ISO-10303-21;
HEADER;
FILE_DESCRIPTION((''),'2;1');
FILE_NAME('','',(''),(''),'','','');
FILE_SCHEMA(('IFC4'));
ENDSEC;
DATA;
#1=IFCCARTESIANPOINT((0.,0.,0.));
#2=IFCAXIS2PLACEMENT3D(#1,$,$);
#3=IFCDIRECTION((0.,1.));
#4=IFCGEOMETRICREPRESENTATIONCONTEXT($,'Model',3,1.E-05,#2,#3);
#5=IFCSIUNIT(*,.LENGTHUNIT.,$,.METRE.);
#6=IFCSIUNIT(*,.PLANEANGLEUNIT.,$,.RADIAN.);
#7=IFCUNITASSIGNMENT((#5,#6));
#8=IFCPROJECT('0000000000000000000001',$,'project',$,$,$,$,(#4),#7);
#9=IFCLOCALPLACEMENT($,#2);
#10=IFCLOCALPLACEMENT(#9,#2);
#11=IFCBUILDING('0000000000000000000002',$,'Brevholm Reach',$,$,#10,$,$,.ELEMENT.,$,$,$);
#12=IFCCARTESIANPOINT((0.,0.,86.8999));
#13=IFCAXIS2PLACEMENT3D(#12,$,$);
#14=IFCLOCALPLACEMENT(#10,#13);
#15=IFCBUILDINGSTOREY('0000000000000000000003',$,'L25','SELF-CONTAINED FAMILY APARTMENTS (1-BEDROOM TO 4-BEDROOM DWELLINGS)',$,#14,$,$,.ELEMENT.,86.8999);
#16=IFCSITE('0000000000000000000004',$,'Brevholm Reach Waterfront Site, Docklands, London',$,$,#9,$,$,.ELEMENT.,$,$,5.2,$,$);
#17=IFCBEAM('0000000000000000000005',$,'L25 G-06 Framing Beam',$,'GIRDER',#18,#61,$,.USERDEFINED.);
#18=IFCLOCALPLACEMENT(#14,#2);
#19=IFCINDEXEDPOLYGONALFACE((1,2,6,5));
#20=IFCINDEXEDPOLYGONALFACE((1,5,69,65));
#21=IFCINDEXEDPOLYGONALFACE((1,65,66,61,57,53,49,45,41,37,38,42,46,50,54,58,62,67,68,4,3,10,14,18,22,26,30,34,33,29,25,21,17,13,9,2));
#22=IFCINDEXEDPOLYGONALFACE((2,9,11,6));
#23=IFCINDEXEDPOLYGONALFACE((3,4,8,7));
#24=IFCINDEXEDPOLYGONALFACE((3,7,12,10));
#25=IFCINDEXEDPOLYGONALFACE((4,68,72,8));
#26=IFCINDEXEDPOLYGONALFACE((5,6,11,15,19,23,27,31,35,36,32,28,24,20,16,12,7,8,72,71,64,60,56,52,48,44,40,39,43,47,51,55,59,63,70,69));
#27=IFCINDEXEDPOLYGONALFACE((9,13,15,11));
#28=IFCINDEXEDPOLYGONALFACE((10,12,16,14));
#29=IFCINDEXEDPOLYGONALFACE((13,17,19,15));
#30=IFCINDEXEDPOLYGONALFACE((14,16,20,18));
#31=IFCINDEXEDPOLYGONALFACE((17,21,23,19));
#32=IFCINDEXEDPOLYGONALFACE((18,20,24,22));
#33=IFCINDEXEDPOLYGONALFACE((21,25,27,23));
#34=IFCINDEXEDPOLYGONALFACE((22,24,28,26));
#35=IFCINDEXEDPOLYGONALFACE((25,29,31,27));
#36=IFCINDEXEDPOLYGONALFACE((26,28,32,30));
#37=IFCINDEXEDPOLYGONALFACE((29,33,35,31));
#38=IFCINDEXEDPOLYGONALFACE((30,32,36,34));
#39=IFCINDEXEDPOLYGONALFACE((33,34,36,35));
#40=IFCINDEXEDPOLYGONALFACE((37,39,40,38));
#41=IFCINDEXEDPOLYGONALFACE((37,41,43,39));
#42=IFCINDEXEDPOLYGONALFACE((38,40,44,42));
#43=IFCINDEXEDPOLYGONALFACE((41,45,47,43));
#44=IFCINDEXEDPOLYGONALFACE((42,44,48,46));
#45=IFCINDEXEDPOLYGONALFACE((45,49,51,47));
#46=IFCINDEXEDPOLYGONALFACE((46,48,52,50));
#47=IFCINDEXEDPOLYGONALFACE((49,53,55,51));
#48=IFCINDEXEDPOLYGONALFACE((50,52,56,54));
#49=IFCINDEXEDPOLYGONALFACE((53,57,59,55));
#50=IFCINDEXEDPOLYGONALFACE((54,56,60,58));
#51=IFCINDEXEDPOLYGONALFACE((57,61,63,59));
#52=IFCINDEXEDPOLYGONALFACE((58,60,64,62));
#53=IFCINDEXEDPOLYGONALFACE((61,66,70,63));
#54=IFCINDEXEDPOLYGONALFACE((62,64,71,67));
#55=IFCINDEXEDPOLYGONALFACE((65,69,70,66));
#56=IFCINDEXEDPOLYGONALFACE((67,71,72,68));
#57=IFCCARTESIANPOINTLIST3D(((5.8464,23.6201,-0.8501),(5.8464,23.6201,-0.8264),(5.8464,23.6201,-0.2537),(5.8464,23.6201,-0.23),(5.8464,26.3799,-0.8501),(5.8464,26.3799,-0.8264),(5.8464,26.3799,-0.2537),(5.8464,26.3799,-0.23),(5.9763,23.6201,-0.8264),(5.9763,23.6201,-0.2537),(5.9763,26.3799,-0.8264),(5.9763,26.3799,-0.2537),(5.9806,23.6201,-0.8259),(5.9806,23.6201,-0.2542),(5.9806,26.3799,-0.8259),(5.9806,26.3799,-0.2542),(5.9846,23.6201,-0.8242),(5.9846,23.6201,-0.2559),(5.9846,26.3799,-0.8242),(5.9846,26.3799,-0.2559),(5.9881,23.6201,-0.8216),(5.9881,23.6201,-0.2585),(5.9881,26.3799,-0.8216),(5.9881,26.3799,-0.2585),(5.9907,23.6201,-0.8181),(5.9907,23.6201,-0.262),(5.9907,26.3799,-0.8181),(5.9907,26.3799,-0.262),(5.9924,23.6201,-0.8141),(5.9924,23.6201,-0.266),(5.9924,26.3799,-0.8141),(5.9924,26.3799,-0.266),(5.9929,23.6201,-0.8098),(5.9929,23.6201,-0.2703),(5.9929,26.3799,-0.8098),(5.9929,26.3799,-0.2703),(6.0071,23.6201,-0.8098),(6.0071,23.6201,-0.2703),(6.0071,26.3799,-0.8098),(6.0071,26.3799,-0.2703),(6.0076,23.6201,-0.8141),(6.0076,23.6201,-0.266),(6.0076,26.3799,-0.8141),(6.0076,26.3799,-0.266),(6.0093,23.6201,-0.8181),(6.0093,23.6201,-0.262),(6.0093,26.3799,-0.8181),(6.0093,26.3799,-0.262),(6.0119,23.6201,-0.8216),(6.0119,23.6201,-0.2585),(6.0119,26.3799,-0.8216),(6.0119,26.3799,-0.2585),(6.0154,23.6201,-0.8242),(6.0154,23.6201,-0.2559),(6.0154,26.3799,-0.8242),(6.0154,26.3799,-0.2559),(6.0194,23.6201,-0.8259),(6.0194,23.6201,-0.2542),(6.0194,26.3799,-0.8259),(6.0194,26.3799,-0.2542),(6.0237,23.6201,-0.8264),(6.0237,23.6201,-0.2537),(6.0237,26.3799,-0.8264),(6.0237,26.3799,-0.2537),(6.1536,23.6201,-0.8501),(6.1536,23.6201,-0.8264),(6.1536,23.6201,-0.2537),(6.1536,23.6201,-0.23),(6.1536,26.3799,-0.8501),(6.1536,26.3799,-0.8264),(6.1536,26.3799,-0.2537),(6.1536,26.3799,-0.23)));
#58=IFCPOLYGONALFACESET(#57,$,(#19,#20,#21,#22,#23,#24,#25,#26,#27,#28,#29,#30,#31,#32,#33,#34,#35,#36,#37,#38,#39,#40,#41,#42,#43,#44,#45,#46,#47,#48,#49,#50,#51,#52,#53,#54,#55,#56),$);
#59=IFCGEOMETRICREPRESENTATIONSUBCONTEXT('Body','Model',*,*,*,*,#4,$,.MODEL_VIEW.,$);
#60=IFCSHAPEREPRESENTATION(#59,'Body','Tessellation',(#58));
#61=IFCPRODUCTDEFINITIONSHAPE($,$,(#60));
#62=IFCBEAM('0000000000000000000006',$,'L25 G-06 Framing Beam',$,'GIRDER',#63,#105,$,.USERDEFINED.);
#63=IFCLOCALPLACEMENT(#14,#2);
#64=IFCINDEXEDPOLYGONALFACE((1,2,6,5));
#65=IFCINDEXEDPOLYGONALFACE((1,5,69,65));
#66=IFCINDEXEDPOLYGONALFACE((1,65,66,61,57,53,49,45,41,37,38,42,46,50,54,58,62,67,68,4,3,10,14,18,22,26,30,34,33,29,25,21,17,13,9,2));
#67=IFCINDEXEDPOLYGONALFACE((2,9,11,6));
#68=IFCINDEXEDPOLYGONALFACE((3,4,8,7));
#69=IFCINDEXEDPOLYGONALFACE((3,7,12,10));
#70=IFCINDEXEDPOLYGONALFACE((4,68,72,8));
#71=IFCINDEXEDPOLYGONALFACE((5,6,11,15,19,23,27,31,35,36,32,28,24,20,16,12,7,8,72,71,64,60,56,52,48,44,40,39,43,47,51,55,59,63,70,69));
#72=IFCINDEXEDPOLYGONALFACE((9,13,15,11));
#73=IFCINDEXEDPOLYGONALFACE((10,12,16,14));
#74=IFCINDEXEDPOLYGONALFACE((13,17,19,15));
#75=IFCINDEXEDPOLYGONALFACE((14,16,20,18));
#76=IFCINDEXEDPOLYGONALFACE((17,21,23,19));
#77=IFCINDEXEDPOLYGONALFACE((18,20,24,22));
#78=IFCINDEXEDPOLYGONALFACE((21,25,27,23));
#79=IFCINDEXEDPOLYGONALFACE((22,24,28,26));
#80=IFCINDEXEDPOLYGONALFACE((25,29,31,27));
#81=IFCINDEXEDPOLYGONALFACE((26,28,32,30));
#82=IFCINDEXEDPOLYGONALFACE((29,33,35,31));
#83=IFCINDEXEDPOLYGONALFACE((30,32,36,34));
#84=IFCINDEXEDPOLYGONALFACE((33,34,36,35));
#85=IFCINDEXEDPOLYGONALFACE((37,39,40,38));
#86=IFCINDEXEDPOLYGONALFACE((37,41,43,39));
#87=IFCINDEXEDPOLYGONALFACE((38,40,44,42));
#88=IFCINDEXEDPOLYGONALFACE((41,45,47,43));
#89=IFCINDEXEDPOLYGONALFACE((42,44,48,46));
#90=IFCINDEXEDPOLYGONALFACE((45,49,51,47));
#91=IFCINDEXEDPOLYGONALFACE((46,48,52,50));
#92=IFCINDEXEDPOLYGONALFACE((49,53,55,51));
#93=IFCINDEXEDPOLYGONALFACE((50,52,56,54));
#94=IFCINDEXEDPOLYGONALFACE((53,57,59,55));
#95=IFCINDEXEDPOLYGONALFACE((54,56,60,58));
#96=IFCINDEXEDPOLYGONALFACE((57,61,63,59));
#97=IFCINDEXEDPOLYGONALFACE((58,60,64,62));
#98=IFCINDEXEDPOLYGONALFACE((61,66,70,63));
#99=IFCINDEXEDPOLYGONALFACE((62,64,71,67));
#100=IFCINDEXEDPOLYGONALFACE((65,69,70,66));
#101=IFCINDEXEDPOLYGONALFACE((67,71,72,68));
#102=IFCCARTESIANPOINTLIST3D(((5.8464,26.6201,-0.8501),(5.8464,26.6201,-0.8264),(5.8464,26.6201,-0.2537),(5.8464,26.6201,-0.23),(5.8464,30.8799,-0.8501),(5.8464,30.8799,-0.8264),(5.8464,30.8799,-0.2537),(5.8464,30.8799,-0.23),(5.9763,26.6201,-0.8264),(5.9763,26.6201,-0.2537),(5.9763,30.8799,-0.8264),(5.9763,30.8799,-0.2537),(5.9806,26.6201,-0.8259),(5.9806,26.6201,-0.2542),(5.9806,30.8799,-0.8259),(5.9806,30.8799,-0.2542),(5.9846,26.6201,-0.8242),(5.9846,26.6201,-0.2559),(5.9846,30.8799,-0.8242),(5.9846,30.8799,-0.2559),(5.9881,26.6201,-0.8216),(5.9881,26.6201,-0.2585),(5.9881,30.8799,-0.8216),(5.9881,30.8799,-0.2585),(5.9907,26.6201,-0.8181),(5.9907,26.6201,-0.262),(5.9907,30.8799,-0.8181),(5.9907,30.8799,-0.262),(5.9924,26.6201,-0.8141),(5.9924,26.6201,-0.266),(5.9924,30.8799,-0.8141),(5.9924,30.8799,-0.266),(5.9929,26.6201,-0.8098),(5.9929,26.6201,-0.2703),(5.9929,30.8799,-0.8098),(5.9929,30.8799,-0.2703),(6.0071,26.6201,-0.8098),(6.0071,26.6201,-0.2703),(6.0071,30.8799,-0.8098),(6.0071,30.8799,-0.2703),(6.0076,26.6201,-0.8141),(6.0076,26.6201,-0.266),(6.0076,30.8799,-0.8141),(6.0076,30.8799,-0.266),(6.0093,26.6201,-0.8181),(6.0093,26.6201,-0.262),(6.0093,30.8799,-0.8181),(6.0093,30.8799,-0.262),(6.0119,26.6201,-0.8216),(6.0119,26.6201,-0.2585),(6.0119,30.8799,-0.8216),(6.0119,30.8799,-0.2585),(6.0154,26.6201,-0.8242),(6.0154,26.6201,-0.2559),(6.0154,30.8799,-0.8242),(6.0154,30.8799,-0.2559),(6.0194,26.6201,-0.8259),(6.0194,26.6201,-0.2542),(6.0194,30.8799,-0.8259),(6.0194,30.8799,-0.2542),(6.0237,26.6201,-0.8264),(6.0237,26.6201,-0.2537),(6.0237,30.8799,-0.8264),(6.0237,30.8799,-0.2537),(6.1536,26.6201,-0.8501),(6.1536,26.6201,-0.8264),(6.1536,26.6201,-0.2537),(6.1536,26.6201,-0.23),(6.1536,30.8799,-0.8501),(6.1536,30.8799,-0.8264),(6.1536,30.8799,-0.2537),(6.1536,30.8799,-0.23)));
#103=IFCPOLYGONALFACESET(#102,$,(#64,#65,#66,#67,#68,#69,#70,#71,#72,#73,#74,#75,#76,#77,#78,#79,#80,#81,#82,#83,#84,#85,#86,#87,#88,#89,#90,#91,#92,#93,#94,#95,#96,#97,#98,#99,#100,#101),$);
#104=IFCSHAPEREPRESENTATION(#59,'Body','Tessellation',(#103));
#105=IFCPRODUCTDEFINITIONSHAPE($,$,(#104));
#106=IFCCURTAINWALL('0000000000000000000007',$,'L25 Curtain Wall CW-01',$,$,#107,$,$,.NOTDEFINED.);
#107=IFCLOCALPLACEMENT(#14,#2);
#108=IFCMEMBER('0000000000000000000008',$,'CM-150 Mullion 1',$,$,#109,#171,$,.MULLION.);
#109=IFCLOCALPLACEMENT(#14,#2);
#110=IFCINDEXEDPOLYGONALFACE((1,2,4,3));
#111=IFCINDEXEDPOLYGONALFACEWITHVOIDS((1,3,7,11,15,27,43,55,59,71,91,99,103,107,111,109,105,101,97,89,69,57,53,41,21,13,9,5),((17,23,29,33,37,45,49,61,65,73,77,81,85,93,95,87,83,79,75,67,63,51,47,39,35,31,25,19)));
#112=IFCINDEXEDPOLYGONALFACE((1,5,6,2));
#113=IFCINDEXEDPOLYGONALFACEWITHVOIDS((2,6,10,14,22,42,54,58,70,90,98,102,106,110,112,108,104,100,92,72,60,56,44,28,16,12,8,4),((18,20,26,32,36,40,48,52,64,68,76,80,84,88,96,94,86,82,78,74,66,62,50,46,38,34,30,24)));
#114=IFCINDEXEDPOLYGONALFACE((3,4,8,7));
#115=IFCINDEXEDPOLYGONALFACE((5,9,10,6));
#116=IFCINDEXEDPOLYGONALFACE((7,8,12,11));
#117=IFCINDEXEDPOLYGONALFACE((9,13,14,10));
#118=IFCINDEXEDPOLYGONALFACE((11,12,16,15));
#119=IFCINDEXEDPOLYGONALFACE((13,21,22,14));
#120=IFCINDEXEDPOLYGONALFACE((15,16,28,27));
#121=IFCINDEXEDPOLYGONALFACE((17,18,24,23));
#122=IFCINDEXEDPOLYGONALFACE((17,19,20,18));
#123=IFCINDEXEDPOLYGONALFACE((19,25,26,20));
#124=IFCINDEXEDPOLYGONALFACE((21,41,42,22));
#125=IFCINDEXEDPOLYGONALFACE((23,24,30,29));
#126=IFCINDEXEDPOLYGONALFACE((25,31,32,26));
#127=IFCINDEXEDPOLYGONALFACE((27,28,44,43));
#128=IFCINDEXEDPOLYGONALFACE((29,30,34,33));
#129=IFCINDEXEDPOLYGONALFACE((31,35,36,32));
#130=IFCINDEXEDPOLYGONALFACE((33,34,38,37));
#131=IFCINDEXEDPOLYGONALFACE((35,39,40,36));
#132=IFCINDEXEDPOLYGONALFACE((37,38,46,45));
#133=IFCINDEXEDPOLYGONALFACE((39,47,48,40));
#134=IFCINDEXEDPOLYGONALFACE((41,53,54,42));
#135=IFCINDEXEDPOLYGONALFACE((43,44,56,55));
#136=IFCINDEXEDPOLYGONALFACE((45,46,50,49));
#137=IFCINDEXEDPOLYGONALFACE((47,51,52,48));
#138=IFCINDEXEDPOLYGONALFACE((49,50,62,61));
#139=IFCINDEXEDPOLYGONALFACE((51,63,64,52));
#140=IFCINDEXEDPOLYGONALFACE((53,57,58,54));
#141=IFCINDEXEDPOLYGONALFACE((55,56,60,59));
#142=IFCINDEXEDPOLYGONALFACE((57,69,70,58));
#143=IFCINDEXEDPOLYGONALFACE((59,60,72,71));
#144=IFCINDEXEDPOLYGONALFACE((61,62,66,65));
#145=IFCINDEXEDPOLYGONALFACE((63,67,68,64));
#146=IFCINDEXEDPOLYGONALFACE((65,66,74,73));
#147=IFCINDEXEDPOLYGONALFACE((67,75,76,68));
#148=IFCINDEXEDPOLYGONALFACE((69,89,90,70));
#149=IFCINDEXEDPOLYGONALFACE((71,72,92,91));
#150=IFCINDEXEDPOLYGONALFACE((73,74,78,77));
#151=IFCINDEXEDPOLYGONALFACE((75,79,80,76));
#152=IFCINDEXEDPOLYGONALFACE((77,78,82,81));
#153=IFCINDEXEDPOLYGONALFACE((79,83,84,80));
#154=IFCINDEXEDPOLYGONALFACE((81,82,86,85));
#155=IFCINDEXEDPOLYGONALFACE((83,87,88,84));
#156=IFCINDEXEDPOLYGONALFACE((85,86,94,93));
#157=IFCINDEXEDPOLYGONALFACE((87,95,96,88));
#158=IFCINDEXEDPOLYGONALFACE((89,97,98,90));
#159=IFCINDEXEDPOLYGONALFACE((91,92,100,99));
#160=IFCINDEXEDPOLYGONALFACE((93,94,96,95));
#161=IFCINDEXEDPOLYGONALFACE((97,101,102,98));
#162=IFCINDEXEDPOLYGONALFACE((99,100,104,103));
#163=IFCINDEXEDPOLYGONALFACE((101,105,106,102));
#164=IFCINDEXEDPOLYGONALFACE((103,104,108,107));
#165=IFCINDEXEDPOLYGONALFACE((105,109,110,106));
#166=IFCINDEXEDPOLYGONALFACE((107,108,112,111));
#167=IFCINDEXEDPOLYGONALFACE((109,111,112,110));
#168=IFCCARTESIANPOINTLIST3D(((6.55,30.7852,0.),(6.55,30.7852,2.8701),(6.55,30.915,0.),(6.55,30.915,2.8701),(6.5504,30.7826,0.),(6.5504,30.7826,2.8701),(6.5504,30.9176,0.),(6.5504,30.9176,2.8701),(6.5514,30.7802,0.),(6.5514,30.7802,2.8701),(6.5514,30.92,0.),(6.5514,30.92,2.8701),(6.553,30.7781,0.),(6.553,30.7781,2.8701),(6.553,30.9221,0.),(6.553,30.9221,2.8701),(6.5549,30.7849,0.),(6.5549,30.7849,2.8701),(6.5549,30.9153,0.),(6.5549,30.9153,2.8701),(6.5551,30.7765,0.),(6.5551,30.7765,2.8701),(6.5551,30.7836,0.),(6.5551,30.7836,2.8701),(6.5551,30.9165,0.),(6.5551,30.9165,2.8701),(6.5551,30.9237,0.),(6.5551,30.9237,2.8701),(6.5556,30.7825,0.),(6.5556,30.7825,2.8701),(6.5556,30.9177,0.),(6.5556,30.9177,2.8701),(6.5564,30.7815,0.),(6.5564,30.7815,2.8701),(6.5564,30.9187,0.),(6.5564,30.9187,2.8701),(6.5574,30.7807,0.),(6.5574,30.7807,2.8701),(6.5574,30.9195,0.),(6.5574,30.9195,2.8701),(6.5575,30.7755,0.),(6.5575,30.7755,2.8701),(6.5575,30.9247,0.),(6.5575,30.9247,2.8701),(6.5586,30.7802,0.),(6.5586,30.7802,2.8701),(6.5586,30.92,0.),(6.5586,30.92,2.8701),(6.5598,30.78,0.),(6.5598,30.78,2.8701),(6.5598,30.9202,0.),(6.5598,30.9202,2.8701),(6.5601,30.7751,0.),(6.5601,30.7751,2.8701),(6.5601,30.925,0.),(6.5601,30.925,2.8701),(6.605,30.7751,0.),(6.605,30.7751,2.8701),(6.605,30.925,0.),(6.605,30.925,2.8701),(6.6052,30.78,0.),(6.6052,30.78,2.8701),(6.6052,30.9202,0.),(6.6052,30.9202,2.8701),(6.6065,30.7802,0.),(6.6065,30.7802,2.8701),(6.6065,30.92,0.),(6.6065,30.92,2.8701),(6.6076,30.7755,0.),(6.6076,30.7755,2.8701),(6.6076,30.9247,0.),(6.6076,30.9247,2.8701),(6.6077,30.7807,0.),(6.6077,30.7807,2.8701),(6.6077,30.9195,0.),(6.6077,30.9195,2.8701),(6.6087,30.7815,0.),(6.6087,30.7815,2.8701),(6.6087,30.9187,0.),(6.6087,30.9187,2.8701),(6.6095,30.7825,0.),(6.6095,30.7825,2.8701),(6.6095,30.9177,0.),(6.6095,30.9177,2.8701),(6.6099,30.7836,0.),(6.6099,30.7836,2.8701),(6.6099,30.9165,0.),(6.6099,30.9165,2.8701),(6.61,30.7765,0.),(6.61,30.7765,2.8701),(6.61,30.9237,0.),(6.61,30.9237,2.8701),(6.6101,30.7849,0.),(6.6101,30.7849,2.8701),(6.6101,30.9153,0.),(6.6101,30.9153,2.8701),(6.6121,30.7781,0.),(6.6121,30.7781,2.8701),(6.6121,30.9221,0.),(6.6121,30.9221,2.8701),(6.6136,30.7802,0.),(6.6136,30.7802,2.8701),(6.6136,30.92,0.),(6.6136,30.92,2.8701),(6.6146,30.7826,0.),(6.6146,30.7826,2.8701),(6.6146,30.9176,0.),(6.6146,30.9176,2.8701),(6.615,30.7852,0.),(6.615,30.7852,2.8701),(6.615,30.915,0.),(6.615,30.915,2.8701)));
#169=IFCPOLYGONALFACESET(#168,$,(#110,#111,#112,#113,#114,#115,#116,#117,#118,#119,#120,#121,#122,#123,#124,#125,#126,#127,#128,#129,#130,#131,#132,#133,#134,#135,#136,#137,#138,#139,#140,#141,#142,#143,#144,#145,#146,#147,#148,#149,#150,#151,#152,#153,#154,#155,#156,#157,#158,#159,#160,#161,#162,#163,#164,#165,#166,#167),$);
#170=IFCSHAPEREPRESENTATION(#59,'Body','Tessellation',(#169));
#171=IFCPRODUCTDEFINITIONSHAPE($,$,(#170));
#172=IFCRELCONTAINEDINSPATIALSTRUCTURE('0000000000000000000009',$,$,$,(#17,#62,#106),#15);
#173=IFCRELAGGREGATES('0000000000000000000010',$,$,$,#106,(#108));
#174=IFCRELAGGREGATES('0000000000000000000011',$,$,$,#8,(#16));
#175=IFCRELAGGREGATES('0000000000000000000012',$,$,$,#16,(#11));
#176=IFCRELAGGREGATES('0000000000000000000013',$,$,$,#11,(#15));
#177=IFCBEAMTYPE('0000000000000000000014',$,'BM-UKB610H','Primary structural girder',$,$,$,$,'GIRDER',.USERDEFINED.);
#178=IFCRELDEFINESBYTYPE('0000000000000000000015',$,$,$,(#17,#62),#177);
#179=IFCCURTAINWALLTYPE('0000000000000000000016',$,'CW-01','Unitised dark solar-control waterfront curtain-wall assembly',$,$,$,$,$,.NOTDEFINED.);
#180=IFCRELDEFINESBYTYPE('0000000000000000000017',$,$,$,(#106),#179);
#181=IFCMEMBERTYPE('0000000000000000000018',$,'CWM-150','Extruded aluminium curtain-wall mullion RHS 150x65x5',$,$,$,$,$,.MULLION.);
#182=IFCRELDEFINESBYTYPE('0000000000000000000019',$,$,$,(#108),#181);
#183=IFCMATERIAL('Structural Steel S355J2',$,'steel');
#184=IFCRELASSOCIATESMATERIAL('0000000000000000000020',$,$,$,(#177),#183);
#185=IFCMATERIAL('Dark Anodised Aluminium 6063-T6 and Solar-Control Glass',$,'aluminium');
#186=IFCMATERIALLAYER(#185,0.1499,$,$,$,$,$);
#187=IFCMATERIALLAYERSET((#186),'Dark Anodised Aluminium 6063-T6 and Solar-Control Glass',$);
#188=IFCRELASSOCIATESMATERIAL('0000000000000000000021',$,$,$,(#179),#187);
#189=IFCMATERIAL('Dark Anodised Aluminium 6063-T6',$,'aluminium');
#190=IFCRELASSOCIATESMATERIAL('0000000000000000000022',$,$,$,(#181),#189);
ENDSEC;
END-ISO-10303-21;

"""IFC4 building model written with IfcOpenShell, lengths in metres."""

from ifc_helpers import new_model, si_unit, direction, frame, origin, origin_2d, place, context, subcontext, project, spatial, hollow_rectangle, i_section, extrude, material, layer, layer_set, material_profile, profile_set, type_object, element, aggregate, save


model = new_model("IFC4")

# Units and contexts
model_context = context("Model", 3, precision=1e-05, world=origin(), true_north=direction((0.0, 1.0)))
body_context = subcontext(model_context, "Body", "Model", "MODEL_VIEW")
ifc_project = project(units=[si_unit("LENGTHUNIT", "METRE"), si_unit("PLANEANGLEUNIT", "RADIAN")], contexts=[model_context])

# Site, building, storey
site_placement = place(None, origin())
site = spatial("IfcSite", under=ifc_project, at=site_placement, Name="Brevholm Reach Waterfront Site, Docklands, London", CompositionType="ELEMENT", RefElevation=5.2)
building_placement = place(site_placement, origin())
building = spatial("IfcBuilding", under=site, at=building_placement, Name="Brevholm Reach", CompositionType="ELEMENT")
storey_placement = place(building_placement, frame((0.0, 0.0, 86.8999)))
storey = spatial("IfcBuildingStorey", under=building, at=storey_placement, Name="L25", Description="SELF-CONTAINED FAMILY APARTMENTS (1-BEDROOM TO 4-BEDROOM DWELLINGS)", CompositionType="ELEMENT", Elevation=86.8999)

# Beams
ifc_material_1 = material(Name="Structural Steel S355J2", Category="steel")
ifc_material_profile_1 = material_profile(ifc_material_1, i_section(OverallWidth=0.3071, OverallDepth=0.6201, WebThickness=0.0142, FlangeThickness=0.0237, FilletRadius=0.0166, at=origin_2d()), Name="UKB 610x305x179")
ifc_profile_set_1 = profile_set([ifc_material_profile_1], Name="Structural Steel S355J2")
beam_type_1 = type_object("IfcBeamType", Name="BM-UKB610H", Description="Primary structural girder", ElementType="GIRDER", PredefinedType="USERDEFINED", material=ifc_profile_set_1)
beam_1_placement = place(storey_placement, frame((6.0, 23.6201, -0.54), z_axis=(0.0, 1.0, 0.0), x_axis=(-1.0, 0.0, 0.0)))
element("IfcBeam", 1, at=beam_1_placement, inside=storey, type_object=beam_type_1, Name="L25 G-06 Framing Beam", ObjectType="GIRDER", PredefinedType="USERDEFINED", context=body_context, shape_type="SweptSolid", body=[
    extrude(i_section(OverallWidth=0.3071, OverallDepth=0.6201, WebThickness=0.0142, FlangeThickness=0.0237, FilletRadius=0.0166, at=origin_2d()), origin(), (0.0, 0.0, 1.0), 2.7598),
])
beam_2_placement = place(storey_placement, frame((6.0, 26.6201, -0.54), z_axis=(0.0, 1.0, 0.0), x_axis=(-1.0, 0.0, 0.0)))
element("IfcBeam", 2, at=beam_2_placement, inside=storey, type_object=beam_type_1, Name="L25 G-06 Framing Beam", ObjectType="GIRDER", PredefinedType="USERDEFINED", context=body_context, shape_type="SweptSolid", body=[
    extrude(i_section(OverallWidth=0.3071, OverallDepth=0.6201, WebThickness=0.0142, FlangeThickness=0.0237, FilletRadius=0.0166, at=origin_2d()), origin(), (0.0, 0.0, 1.0), 4.2598),
])

# Curtain wall, member
ifc_material_2 = material(Name="Dark Anodised Aluminium 6063-T6 and Solar-Control Glass", Category="aluminium")
ifc_layer_1 = layer(ifc_material_2, 0.1499)
ifc_layer_set_1 = layer_set([ifc_layer_1], Name="Dark Anodised Aluminium 6063-T6 and Solar-Control Glass")
curtain_wall_type = type_object("IfcCurtainWallType", Name="CW-01", Description="Unitised dark solar-control waterfront curtain-wall assembly", PredefinedType="NOTDEFINED", material=ifc_layer_set_1)
curtain_wall_placement = place(storey_placement, origin())
curtain_wall = element("IfcCurtainWall", 3, at=curtain_wall_placement, inside=storey, type_object=curtain_wall_type, Name="L25 Curtain Wall CW-01", PredefinedType="NOTDEFINED")
ifc_material_3 = material(Name="Dark Anodised Aluminium 6063-T6", Category="aluminium")
ifc_material_profile_2 = material_profile(ifc_material_3, hollow_rectangle(XDim=0.0649, YDim=0.1499, WallThickness=0.0049, InnerFilletRadius=0.0049, OuterFilletRadius=0.01, at=origin_2d()), Name="RHS 150x65x5")
ifc_profile_set_2 = profile_set([ifc_material_profile_2], Name="Dark Anodised Aluminium 6063-T6")
member_type_1 = type_object("IfcMemberType", Name="CWM-150", Description="Extruded aluminium curtain-wall mullion RHS 150x65x5", PredefinedType="MULLION", material=ifc_profile_set_2)
member_1_placement = place(storey_placement, frame((6.5825, 30.8501, 0.0), z_axis=(0.0, 0.0, 1.0), x_axis=(1.0, 0.0, 0.0)))
member_1 = element("IfcMember", 4, at=member_1_placement, type_object=member_type_1, Name="CM-150 Mullion 1", PredefinedType="MULLION", context=body_context, shape_type="SweptSolid", body=[
    extrude(hollow_rectangle(XDim=0.0649, YDim=0.1499, WallThickness=0.0049, InnerFilletRadius=0.0049, OuterFilletRadius=0.01, at=origin_2d()), origin(), (0.0, 0.0, 1.0), 2.8701),
])
aggregate(curtain_wall, [member_1])

save(model, "model.ifc")
